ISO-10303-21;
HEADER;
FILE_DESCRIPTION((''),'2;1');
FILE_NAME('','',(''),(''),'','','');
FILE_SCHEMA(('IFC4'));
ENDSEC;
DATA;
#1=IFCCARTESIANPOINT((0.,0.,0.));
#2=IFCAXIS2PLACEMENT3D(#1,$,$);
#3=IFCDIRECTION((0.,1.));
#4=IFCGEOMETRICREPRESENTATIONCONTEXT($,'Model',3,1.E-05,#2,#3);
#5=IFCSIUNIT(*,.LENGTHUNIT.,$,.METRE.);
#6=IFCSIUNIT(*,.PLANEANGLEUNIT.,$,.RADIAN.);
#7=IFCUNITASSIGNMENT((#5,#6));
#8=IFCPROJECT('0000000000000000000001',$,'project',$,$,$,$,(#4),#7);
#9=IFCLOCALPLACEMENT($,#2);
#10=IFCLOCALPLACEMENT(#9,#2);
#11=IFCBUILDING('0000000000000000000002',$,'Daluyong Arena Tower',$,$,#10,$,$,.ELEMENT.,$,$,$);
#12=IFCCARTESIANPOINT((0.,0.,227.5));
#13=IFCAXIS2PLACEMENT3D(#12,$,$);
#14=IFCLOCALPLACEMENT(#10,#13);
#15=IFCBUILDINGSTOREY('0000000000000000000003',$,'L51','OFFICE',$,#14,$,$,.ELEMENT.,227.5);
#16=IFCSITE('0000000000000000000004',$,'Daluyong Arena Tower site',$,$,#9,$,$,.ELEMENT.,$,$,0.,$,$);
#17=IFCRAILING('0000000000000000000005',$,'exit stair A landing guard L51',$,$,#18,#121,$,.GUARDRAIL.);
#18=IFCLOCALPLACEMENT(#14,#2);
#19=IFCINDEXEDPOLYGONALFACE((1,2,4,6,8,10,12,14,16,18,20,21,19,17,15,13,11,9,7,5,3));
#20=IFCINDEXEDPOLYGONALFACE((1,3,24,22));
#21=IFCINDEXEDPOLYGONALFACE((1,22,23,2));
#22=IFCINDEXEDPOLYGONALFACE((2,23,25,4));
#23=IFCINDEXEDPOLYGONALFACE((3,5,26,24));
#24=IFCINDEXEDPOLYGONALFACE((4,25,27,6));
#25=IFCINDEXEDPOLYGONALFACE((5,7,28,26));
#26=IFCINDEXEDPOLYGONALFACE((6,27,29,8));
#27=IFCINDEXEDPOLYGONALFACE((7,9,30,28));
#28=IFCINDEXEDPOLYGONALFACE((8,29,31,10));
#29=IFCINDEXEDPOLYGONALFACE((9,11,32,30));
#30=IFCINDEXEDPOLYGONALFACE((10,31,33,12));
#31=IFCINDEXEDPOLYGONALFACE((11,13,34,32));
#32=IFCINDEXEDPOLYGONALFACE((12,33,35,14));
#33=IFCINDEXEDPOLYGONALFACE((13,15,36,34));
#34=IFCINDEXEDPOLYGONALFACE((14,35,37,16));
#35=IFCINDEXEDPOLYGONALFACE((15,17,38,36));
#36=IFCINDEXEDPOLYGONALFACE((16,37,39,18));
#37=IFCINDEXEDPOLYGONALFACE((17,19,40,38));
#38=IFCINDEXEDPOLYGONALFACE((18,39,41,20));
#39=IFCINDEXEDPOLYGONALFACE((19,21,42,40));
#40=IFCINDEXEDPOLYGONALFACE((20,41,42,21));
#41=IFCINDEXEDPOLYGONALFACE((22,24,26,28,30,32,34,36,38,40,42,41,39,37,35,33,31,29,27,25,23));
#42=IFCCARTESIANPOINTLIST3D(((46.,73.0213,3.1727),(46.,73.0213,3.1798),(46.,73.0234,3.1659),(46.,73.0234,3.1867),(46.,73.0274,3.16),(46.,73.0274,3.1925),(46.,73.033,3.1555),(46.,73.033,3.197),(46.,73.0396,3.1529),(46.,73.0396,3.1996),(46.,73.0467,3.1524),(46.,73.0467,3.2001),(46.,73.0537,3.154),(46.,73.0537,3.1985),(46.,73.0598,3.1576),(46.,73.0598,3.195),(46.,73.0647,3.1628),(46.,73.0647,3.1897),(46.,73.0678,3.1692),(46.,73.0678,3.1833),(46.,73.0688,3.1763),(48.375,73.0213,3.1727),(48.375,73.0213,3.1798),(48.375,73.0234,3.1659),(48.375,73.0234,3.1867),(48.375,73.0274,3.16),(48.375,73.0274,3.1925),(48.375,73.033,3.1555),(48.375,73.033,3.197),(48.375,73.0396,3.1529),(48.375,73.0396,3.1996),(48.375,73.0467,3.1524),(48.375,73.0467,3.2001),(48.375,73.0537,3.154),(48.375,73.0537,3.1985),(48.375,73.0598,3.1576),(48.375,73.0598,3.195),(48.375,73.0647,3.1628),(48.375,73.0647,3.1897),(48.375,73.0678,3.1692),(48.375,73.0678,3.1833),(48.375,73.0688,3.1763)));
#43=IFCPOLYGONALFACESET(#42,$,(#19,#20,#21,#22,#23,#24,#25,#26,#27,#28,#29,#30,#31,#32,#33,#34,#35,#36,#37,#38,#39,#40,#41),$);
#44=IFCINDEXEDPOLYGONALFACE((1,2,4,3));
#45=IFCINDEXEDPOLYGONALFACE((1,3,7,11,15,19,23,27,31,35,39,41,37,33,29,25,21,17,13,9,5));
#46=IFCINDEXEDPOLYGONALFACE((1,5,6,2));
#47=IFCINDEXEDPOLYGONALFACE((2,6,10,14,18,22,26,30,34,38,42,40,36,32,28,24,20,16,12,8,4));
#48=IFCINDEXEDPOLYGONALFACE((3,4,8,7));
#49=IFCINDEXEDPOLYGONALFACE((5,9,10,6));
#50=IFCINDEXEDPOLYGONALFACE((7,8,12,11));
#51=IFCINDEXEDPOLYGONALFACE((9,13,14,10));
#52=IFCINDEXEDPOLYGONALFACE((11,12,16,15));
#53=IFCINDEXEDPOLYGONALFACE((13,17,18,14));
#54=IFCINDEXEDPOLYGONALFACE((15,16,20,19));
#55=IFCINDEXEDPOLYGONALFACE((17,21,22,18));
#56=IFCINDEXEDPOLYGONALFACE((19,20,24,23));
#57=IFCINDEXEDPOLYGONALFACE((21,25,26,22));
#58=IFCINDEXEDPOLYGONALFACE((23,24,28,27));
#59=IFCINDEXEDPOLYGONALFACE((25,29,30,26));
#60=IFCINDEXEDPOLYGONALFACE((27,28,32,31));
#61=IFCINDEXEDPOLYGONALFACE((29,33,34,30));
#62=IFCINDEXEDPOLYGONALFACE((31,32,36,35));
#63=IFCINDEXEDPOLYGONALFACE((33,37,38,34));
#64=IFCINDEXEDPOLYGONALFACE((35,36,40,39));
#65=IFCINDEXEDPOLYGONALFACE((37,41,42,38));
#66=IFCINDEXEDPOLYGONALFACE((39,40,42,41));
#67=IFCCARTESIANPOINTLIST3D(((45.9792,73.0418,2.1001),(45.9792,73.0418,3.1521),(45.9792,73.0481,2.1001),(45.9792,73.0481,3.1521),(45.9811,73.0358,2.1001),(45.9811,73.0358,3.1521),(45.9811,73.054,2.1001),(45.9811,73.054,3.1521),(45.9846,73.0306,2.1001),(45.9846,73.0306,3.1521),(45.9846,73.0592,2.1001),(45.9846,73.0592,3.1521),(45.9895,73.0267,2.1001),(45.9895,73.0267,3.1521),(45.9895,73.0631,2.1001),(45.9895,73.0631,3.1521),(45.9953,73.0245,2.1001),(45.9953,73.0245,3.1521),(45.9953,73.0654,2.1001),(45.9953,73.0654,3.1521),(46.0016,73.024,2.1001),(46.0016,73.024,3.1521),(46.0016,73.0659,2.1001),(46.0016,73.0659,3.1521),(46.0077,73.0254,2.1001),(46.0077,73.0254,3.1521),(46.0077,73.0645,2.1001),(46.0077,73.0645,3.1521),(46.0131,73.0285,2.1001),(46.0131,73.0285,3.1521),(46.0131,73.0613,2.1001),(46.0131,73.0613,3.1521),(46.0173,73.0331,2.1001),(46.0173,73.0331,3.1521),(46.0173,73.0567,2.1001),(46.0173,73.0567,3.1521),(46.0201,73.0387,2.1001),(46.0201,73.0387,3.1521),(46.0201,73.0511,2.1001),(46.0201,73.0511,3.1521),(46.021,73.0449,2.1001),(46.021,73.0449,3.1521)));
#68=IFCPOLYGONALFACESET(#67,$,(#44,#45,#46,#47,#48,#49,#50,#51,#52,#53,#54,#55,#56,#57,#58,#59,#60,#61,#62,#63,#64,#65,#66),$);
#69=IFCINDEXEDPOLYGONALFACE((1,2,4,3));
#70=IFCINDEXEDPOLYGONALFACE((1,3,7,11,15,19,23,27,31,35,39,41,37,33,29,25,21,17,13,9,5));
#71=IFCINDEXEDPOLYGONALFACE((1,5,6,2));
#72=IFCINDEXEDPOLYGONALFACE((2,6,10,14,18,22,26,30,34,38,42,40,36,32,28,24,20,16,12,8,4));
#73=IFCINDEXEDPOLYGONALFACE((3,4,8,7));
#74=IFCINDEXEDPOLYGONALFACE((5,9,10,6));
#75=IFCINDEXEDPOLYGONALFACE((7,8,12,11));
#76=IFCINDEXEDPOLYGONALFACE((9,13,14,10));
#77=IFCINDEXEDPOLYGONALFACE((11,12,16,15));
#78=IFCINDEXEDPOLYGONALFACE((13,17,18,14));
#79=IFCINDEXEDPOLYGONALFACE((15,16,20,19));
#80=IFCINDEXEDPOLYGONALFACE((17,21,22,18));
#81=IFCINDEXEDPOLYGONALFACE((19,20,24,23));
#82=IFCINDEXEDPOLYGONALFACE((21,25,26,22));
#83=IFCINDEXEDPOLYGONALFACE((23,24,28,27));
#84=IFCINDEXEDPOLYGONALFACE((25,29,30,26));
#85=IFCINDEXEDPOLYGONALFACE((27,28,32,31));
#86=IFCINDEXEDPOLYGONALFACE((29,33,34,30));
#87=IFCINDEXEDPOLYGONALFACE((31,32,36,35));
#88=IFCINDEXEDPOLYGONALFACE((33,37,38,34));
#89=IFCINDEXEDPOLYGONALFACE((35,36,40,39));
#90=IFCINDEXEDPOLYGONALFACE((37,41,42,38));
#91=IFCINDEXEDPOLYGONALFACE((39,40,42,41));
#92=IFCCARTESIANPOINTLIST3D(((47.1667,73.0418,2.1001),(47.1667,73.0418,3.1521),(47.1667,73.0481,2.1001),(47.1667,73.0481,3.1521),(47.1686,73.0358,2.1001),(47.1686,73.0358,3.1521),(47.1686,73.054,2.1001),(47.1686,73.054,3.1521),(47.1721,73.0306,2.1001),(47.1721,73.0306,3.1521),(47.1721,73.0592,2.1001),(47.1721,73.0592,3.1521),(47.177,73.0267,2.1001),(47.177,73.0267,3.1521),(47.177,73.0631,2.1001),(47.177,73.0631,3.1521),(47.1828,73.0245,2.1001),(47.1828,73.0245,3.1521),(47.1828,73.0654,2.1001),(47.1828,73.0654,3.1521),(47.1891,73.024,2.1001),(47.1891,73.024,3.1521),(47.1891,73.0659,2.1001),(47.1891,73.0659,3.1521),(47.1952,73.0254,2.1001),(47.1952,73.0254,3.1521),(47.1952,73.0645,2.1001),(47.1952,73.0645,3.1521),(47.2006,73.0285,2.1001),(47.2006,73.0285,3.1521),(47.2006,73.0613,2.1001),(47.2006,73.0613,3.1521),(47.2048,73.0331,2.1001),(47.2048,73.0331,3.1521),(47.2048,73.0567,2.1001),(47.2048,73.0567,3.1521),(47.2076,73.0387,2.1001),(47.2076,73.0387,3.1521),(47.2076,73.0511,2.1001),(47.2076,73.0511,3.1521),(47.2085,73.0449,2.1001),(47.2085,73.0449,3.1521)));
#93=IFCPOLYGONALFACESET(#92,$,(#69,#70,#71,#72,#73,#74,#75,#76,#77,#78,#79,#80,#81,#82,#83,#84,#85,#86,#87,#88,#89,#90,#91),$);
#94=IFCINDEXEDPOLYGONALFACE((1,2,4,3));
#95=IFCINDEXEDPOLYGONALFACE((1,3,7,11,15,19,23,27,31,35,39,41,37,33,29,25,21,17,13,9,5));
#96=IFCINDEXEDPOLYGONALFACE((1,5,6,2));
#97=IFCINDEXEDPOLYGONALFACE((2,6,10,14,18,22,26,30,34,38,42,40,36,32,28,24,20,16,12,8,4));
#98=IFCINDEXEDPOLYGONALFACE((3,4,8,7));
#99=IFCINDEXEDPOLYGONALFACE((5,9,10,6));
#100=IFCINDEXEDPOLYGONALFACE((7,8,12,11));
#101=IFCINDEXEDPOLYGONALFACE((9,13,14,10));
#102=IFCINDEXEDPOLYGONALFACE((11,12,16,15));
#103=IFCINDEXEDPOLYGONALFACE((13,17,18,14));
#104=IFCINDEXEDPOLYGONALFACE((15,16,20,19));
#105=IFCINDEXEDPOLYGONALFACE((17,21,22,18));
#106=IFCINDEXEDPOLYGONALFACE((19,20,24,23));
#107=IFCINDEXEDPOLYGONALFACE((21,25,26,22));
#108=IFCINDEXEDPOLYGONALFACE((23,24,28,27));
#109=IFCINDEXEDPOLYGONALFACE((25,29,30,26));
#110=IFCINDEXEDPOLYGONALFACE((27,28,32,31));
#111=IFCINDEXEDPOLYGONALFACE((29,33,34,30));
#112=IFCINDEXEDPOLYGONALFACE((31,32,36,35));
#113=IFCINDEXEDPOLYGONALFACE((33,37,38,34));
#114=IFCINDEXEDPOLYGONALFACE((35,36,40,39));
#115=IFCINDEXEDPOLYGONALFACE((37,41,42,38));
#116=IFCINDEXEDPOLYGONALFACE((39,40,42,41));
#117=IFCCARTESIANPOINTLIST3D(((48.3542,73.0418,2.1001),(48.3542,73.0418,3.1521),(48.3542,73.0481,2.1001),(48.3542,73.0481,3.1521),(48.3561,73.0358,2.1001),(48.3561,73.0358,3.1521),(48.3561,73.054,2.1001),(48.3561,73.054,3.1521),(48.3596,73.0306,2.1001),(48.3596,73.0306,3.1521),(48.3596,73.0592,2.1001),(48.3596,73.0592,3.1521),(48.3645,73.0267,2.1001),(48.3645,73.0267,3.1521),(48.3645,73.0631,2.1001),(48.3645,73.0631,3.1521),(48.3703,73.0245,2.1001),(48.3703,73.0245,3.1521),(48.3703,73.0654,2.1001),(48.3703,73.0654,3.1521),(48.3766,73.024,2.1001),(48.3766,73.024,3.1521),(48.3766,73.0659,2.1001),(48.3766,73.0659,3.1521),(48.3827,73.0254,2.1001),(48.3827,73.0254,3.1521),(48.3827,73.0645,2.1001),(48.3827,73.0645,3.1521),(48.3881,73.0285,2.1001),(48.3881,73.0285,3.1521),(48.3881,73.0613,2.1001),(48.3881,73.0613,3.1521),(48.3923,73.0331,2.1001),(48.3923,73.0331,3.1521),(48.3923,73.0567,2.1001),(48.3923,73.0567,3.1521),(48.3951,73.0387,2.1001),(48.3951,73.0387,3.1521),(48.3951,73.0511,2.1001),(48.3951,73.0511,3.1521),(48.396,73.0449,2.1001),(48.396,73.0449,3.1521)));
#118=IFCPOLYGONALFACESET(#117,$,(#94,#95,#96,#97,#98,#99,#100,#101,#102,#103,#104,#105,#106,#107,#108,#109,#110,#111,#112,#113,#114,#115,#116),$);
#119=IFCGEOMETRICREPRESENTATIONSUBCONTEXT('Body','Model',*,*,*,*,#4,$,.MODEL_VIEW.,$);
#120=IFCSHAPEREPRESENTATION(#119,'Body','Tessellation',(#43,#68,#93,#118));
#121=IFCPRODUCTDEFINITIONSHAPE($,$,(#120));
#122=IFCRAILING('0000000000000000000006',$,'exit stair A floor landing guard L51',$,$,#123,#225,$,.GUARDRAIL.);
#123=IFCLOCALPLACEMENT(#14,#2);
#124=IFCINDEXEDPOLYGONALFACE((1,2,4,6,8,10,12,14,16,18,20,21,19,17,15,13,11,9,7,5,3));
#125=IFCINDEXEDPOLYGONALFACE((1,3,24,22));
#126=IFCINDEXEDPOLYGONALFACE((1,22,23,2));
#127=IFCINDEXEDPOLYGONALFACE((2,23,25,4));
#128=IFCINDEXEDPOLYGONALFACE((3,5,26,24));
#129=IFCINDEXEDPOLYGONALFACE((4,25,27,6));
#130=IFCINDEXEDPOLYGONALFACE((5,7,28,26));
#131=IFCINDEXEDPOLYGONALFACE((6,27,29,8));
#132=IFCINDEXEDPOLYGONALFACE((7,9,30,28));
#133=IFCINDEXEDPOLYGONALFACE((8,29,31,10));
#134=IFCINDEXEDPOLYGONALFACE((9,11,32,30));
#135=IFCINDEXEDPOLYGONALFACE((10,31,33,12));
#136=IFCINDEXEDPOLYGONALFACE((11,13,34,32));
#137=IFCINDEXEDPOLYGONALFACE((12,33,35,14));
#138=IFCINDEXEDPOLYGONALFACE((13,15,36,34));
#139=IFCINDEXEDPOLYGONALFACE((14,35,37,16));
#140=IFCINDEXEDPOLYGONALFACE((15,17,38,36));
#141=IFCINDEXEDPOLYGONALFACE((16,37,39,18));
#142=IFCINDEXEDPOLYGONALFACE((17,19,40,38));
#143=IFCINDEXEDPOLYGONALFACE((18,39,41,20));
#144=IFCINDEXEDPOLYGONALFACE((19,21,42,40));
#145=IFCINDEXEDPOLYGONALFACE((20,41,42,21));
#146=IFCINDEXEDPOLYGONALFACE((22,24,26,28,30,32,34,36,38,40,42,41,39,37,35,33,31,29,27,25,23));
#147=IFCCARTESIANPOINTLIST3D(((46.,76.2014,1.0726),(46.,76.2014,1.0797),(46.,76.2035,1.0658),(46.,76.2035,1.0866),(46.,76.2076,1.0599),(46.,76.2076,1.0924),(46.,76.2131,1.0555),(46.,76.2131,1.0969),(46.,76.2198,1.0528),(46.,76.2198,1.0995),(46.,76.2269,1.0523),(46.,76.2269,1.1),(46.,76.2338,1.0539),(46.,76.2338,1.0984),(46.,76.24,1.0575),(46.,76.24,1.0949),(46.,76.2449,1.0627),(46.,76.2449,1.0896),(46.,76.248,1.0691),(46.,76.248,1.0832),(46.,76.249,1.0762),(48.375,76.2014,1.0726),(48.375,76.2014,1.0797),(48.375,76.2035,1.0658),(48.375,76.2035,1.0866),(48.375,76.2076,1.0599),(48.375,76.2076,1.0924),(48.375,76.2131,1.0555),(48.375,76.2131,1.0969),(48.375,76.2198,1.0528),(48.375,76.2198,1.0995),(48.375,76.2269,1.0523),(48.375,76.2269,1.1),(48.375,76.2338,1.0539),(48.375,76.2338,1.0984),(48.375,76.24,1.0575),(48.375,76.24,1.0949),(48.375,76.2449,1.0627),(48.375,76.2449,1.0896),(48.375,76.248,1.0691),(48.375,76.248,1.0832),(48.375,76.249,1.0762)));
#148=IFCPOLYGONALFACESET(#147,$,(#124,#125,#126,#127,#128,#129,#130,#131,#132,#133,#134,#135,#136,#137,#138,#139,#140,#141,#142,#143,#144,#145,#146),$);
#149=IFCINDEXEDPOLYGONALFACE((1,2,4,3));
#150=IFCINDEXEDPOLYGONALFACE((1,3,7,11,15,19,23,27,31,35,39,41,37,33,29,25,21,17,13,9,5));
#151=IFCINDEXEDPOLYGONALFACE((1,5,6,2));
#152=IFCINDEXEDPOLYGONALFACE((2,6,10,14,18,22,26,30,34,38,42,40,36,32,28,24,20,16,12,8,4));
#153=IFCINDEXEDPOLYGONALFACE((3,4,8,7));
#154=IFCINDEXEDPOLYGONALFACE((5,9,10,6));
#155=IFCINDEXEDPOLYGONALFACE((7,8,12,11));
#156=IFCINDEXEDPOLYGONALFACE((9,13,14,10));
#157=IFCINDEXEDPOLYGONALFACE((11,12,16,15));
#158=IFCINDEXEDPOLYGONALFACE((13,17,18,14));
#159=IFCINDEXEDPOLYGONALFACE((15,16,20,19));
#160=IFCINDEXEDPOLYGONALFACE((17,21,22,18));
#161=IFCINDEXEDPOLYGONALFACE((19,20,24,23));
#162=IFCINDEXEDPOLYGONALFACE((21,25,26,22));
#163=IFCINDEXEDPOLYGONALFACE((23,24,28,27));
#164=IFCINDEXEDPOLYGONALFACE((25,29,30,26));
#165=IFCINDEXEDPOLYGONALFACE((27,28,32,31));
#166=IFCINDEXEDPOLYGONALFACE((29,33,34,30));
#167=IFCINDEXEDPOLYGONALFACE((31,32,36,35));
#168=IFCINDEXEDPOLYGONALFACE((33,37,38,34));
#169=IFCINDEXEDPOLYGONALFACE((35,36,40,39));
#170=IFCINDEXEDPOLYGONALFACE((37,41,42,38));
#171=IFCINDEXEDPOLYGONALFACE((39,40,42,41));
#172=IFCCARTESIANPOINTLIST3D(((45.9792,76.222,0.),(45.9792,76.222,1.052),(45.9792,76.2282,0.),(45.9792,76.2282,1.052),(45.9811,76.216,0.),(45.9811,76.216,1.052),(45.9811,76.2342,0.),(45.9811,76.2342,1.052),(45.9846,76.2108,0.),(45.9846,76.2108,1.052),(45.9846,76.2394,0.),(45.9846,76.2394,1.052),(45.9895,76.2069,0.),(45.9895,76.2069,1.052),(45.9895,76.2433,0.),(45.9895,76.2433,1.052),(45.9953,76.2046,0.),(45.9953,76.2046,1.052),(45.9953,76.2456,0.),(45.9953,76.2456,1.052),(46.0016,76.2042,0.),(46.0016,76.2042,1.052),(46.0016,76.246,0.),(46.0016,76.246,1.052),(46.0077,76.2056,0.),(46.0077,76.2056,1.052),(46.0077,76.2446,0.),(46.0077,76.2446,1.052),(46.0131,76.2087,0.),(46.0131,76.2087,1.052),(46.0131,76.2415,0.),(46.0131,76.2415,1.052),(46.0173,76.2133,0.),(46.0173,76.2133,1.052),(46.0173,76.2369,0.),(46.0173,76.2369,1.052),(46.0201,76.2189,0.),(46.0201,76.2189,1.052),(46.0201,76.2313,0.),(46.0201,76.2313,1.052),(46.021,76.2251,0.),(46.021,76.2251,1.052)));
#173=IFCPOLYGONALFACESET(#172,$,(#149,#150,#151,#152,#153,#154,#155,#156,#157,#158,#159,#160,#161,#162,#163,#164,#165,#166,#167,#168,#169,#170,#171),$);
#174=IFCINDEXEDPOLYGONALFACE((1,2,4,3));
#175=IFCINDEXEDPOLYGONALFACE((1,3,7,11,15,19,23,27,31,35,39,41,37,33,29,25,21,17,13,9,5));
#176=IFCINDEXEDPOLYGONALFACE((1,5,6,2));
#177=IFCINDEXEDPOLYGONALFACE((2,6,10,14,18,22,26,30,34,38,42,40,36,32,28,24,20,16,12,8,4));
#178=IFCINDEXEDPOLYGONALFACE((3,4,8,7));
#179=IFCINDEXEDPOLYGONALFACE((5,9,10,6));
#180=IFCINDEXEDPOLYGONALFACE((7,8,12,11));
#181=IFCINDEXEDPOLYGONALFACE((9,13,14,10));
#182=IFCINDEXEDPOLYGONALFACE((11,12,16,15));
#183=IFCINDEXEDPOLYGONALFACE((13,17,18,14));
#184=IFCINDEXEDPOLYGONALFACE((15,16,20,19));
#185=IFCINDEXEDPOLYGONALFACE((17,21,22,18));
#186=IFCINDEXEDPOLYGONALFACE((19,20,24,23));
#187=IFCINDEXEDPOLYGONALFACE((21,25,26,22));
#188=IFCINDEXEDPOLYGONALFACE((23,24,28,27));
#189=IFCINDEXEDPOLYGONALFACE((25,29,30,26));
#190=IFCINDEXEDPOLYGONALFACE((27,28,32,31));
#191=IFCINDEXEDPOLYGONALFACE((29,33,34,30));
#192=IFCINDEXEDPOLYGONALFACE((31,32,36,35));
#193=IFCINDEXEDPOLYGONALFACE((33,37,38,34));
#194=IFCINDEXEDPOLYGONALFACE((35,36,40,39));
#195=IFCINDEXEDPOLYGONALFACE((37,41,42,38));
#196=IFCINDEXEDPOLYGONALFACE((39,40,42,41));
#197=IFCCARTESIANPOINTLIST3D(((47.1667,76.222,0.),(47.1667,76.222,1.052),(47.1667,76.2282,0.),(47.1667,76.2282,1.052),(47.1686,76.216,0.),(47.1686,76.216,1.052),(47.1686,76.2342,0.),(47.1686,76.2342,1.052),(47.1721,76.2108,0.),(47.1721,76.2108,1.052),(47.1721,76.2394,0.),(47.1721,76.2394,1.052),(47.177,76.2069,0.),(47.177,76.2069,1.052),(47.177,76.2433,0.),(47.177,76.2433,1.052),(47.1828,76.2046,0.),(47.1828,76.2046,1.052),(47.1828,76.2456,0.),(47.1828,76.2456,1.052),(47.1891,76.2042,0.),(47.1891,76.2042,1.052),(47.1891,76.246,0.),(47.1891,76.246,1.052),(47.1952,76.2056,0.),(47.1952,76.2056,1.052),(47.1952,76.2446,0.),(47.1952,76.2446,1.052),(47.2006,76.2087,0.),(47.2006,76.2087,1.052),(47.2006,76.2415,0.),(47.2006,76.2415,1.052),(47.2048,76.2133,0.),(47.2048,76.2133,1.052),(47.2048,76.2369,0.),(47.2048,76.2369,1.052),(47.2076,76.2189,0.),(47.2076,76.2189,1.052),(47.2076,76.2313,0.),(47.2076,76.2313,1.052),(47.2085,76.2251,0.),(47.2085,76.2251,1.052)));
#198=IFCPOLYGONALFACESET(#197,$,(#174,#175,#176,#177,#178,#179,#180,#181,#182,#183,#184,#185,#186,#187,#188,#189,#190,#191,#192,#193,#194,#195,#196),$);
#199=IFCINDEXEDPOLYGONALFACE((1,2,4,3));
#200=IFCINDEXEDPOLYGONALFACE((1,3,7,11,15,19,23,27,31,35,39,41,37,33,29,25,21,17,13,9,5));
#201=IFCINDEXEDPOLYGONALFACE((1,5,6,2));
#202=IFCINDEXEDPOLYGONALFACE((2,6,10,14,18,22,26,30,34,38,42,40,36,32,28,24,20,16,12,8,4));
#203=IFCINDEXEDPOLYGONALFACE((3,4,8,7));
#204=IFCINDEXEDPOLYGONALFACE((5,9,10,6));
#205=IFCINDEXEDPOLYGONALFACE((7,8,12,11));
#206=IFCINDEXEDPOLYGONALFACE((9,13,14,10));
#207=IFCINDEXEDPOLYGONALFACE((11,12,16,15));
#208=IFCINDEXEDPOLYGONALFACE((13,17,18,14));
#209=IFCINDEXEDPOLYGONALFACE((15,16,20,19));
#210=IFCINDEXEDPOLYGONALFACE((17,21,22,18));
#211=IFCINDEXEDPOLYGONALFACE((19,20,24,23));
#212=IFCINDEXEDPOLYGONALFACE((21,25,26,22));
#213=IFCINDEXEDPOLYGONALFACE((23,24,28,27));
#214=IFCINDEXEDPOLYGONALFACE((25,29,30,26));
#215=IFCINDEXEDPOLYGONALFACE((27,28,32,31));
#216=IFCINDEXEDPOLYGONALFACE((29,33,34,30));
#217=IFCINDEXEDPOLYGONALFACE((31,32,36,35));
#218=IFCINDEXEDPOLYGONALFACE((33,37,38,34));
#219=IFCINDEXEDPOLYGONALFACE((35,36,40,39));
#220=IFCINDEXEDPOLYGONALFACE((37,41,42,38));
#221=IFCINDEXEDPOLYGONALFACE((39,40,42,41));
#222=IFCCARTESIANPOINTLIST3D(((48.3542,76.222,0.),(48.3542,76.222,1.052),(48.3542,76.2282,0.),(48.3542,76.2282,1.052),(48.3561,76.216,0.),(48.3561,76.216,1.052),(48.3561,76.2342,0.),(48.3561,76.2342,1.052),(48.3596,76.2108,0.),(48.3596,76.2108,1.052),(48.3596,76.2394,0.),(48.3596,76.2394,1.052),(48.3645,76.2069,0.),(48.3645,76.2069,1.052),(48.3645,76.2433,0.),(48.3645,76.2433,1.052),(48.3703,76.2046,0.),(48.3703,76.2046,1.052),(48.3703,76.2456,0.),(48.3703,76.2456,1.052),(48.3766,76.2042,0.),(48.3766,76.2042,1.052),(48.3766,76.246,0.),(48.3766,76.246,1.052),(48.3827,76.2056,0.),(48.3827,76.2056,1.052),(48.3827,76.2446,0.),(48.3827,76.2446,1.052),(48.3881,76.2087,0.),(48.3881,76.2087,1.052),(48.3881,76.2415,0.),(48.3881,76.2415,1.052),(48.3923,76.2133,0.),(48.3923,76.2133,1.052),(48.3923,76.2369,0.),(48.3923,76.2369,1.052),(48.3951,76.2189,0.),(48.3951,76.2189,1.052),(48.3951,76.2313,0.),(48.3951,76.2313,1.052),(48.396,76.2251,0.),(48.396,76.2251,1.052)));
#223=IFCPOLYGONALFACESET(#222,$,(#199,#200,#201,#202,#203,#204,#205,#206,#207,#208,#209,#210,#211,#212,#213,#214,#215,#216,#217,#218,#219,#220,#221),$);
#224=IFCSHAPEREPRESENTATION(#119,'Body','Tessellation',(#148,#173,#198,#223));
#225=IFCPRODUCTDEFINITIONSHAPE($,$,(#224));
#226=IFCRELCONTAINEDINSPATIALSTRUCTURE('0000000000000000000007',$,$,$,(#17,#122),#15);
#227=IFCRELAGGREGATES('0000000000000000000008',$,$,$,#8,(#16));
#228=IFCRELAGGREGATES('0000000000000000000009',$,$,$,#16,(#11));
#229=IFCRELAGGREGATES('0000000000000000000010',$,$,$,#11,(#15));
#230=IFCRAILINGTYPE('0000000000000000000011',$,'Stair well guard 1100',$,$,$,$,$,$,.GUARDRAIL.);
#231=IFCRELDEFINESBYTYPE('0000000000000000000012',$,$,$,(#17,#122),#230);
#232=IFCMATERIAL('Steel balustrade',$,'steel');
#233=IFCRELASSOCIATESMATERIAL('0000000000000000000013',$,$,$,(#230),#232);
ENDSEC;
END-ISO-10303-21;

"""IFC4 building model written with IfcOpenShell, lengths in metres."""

from ifc_helpers import new_model, si_unit, direction, frame, origin, origin_2d, place, context, subcontext, project, spatial, circle, extrude, material, type_object, element, save


model = new_model("IFC4")

# Units and contexts
model_context = context("Model", 3, precision=1e-05, world=origin(), true_north=direction((0.0, 1.0)))
body_context = subcontext(model_context, "Body", "Model", "MODEL_VIEW")
ifc_project = project(units=[si_unit("LENGTHUNIT", "METRE"), si_unit("PLANEANGLEUNIT", "RADIAN")], contexts=[model_context])

# Site, building, storey
site_placement = place(None, origin())
site = spatial("IfcSite", under=ifc_project, at=site_placement, Name="Daluyong Arena Tower site", CompositionType="ELEMENT", RefElevation=0.0)
building_placement = place(site_placement, origin())
building = spatial("IfcBuilding", under=site, at=building_placement, Name="Daluyong Arena Tower", CompositionType="ELEMENT")
storey_placement = place(building_placement, frame((0.0, 0.0, 227.5)))
storey = spatial("IfcBuildingStorey", under=building, at=storey_placement, Name="L51", Description="OFFICE", CompositionType="ELEMENT", Elevation=227.5)

# Railings
ifc_material_1 = material(Name="Steel balustrade", Category="steel")
railing_type_1 = type_object("IfcRailingType", Name="Stair well guard 1100", PredefinedType="GUARDRAIL", material=ifc_material_1)
for number, where, name in (
    (1, (46.0, 73.0449, 2.1001), "exit stair A landing guard L51"),
    (2, (46.0, 76.2251, 0.0), "exit stair A floor landing guard L51"),
):
    element("IfcRailing", number, at=place(storey_placement, frame(where)), inside=storey, type_object=railing_type_1, Name=name, PredefinedType="GUARDRAIL", context=body_context, shape_type="SweptSolid", body=[
        extrude(circle(Radius=0.0239, at=origin_2d()), frame((0.0, 0.0, 1.0762), z_axis=(1.0, 0.0, 0.0), x_axis=(0.0, 1.0, 0.0)), (0.0, 0.0, 1.0), 2.375),
        extrude(circle(Radius=0.021, at=origin_2d()), origin(), (0.0, 0.0, 1.0), 1.052),
        extrude(circle(Radius=0.021, at=origin_2d()), frame((1.1875, 0.0, 0.0)), (0.0, 0.0, 1.0), 1.052),
        extrude(circle(Radius=0.021, at=origin_2d()), frame((2.375, 0.0, 0.0)), (0.0, 0.0, 1.0), 1.052),
    ])

save(model, "model.ifc")
